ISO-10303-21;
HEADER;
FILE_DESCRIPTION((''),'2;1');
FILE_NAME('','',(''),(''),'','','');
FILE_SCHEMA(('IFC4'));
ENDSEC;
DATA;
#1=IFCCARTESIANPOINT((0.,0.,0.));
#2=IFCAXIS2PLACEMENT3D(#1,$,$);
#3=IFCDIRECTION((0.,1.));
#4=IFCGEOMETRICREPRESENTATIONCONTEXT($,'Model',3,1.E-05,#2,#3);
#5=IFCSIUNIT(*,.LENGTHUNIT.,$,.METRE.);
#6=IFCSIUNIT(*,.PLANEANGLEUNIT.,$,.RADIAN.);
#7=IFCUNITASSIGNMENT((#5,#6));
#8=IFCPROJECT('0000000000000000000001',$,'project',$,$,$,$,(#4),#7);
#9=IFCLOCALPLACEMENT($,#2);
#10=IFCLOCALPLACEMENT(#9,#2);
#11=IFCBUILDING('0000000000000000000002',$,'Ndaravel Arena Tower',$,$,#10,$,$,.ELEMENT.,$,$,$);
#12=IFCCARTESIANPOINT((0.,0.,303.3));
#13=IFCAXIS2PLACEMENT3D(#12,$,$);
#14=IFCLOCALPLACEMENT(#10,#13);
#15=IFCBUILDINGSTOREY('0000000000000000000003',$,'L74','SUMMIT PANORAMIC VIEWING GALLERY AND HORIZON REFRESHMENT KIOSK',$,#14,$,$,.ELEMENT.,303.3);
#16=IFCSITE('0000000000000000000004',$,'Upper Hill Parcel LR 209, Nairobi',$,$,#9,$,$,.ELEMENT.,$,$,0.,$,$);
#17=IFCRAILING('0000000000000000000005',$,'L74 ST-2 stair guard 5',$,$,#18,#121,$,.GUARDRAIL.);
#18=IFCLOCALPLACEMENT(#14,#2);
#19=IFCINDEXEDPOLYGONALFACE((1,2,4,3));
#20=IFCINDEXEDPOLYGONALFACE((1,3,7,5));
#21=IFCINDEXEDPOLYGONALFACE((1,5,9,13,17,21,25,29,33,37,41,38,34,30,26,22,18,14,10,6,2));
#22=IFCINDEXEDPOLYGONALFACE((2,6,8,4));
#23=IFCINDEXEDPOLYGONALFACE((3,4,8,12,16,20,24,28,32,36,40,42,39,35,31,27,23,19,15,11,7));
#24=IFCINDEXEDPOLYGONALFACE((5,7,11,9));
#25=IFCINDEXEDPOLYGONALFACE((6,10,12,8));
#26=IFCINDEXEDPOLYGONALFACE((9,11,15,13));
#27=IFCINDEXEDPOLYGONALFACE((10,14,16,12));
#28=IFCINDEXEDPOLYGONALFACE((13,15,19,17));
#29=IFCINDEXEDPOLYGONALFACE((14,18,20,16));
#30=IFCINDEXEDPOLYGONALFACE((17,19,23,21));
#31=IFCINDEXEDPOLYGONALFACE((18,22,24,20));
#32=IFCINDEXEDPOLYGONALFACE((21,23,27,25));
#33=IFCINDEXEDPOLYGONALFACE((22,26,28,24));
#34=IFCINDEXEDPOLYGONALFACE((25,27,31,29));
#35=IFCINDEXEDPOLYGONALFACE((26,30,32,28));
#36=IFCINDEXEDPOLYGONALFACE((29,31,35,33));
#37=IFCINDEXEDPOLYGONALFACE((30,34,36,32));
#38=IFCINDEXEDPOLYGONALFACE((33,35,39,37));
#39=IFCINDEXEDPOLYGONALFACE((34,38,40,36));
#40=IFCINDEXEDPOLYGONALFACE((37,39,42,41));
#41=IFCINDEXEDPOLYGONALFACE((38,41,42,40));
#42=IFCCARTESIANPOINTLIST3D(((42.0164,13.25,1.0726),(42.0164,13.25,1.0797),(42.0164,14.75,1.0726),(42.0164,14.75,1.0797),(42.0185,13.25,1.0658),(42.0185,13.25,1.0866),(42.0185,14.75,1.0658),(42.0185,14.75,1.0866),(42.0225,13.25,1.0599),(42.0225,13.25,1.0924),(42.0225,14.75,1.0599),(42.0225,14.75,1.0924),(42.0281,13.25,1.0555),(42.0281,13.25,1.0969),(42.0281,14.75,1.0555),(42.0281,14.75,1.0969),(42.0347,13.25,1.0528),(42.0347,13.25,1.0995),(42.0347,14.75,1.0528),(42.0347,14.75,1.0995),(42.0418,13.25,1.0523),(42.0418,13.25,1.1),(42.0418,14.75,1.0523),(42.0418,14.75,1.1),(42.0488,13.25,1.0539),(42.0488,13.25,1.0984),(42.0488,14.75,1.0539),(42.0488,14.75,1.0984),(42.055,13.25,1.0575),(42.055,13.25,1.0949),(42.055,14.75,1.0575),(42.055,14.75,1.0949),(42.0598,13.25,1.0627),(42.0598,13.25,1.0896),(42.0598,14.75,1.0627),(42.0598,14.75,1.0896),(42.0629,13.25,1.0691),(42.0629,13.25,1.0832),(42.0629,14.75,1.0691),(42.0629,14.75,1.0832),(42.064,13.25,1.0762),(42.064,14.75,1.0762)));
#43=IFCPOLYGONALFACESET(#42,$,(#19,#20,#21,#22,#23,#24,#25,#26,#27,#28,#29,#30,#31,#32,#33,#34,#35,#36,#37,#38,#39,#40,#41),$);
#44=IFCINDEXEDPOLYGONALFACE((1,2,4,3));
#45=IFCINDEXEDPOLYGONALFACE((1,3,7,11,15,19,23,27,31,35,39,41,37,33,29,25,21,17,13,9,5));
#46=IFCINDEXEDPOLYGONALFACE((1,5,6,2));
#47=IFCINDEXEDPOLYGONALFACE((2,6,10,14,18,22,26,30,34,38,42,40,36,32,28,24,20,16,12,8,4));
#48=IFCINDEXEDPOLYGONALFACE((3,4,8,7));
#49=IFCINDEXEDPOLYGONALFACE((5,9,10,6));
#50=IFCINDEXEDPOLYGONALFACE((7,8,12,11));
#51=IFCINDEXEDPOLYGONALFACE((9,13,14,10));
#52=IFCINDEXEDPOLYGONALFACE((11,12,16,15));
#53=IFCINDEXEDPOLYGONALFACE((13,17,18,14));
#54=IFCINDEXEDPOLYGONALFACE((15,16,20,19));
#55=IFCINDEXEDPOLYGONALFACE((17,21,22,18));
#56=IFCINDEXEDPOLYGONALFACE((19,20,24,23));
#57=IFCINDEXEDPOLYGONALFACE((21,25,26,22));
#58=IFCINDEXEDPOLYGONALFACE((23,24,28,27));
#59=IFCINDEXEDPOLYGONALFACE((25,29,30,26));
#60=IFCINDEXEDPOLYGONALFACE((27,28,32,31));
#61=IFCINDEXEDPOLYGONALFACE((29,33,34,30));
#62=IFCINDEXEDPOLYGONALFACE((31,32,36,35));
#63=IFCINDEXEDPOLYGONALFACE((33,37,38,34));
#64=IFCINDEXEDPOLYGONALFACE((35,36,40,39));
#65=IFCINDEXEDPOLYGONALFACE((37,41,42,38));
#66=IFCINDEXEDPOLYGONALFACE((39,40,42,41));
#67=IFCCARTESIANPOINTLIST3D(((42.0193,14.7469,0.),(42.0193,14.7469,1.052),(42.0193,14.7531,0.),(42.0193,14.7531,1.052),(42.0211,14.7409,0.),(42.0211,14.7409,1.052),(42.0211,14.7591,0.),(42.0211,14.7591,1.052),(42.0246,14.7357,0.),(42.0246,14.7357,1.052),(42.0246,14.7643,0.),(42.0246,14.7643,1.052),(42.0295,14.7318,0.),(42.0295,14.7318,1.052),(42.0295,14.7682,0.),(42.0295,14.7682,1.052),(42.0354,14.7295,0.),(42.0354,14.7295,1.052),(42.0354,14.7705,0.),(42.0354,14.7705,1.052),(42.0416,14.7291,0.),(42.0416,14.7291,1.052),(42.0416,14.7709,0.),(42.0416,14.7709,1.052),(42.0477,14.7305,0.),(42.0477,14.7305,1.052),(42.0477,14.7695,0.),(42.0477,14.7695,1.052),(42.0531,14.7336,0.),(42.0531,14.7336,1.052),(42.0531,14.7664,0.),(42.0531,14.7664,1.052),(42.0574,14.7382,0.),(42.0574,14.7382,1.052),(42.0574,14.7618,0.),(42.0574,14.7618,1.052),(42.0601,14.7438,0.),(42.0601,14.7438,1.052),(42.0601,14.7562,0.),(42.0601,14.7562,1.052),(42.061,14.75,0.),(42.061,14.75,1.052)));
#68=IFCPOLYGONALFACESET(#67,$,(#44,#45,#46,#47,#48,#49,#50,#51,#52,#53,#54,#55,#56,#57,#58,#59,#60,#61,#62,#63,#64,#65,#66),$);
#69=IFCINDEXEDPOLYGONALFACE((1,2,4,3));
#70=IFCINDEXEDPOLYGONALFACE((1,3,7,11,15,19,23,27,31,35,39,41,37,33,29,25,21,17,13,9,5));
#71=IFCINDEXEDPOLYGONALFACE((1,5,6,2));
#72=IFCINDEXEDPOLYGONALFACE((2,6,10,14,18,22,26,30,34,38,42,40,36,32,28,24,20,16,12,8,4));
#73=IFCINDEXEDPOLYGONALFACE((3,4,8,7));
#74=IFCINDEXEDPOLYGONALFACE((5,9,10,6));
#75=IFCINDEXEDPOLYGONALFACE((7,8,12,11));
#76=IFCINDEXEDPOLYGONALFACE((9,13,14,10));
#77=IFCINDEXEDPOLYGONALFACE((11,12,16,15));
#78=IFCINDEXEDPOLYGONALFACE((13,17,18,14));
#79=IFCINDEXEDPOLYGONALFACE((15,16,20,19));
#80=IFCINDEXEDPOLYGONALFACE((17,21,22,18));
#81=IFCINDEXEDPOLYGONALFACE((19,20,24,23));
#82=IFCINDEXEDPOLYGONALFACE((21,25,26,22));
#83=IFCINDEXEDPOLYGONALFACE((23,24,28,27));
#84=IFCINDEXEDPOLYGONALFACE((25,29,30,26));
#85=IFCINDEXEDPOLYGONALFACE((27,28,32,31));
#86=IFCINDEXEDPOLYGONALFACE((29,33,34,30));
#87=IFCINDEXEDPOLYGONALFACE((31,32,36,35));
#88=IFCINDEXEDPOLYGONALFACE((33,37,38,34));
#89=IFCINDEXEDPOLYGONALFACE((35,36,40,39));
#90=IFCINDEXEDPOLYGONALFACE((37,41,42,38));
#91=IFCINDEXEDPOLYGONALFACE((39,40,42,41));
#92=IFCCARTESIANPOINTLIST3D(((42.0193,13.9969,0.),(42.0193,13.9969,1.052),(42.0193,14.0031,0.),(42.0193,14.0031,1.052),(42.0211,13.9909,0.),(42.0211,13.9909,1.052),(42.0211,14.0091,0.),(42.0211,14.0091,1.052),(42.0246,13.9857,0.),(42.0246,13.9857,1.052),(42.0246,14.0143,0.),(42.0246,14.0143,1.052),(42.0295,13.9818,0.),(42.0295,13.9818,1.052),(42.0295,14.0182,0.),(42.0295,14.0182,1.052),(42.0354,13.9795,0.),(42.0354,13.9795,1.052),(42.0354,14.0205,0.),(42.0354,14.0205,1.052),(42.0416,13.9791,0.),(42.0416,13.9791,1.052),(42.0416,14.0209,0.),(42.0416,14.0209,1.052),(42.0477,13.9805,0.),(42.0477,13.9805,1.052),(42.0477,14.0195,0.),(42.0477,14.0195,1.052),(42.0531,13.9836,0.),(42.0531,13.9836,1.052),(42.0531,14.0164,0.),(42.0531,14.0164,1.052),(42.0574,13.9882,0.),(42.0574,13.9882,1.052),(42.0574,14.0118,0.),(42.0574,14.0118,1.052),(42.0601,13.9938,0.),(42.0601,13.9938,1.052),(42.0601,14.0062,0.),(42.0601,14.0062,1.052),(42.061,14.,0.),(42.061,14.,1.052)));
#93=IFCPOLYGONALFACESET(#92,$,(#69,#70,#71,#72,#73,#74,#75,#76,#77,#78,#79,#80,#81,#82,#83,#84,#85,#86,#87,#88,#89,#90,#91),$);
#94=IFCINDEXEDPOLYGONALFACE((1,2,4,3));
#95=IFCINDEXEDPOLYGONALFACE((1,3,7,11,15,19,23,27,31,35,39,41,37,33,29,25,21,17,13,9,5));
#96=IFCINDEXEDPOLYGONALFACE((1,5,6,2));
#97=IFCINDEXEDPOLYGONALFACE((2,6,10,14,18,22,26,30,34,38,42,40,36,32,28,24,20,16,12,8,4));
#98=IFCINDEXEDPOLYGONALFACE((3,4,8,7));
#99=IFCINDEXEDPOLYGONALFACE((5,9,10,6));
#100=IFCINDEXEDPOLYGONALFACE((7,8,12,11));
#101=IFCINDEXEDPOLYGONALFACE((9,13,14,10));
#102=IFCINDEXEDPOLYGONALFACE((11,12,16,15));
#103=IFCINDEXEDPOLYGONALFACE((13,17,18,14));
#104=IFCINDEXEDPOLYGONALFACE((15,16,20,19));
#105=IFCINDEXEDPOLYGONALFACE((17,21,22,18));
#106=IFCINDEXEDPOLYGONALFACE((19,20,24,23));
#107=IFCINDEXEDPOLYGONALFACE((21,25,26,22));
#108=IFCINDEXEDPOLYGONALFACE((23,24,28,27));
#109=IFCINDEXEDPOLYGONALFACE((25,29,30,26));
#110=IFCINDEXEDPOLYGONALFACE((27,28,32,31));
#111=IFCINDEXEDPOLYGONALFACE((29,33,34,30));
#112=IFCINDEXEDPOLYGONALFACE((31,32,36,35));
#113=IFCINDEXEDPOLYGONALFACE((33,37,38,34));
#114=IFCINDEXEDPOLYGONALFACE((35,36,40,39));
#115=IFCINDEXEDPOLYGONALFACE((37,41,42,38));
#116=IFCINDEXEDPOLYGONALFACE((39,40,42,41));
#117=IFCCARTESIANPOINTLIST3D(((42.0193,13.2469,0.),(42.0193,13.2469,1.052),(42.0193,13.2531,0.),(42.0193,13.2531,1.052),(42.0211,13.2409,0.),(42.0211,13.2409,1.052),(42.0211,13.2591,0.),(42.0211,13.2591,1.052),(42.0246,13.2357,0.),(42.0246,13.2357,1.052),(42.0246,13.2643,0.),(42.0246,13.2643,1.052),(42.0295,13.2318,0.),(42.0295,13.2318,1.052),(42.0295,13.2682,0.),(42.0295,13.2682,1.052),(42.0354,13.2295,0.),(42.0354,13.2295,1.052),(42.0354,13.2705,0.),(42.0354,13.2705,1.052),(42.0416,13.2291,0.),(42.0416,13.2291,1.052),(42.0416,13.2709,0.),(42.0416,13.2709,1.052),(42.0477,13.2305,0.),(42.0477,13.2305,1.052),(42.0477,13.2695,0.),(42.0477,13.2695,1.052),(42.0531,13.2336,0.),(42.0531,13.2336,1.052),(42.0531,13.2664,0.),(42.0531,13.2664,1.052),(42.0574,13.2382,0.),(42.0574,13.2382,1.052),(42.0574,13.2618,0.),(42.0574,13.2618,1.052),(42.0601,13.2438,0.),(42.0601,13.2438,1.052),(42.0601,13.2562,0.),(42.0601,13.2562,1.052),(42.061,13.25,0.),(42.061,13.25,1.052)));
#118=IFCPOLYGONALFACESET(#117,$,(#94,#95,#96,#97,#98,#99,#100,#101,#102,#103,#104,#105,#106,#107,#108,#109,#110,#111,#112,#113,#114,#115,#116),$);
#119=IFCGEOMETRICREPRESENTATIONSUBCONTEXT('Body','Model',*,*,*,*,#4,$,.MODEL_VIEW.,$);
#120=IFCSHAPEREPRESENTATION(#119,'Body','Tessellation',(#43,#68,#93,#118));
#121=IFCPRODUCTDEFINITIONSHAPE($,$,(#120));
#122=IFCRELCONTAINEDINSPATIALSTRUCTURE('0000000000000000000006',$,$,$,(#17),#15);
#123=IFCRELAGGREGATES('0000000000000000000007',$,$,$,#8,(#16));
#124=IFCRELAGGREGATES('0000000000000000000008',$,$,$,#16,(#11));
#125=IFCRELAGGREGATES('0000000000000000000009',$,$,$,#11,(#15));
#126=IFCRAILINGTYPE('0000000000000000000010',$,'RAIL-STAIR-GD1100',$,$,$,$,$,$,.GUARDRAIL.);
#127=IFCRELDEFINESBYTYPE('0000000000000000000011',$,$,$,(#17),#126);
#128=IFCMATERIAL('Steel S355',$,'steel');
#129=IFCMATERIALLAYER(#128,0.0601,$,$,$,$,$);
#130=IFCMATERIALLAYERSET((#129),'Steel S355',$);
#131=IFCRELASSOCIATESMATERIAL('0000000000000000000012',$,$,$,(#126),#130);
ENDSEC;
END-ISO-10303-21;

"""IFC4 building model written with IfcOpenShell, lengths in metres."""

from ifc_helpers import new_model, si_unit, direction, frame, origin, origin_2d, place, context, subcontext, project, spatial, circle, extrude, material, layer, layer_set, type_object, element, save


model = new_model("IFC4")

# Units and contexts
model_context = context("Model", 3, precision=1e-05, world=origin(), true_north=direction((0.0, 1.0)))
body_context = subcontext(model_context, "Body", "Model", "MODEL_VIEW")
ifc_project = project(units=[si_unit("LENGTHUNIT", "METRE"), si_unit("PLANEANGLEUNIT", "RADIAN")], contexts=[model_context])

# Site, building, storey
site_placement = place(None, origin())
site = spatial("IfcSite", under=ifc_project, at=site_placement, Name="Upper Hill Parcel LR 209, Nairobi", CompositionType="ELEMENT", RefElevation=0.0)
building_placement = place(site_placement, origin())
building = spatial("IfcBuilding", under=site, at=building_placement, Name="Ndaravel Arena Tower", CompositionType="ELEMENT")
storey_placement = place(building_placement, frame((0.0, 0.0, 303.3)))
storey = spatial("IfcBuildingStorey", under=building, at=storey_placement, Name="L74", Description="SUMMIT PANORAMIC VIEWING GALLERY AND HORIZON REFRESHMENT KIOSK", CompositionType="ELEMENT", Elevation=303.3)

# Railing
ifc_material_1 = material(Name="Steel S355", Category="steel")
ifc_layer_1 = layer(ifc_material_1, 0.0601)
ifc_layer_set_1 = layer_set([ifc_layer_1], Name="Steel S355")
railing_type = type_object("IfcRailingType", Name="RAIL-STAIR-GD1100", PredefinedType="GUARDRAIL", material=ifc_layer_set_1)
railing_placement = place(storey_placement, frame((42.04, 14.75, 0.0)))
element("IfcRailing", 1, at=railing_placement, inside=storey, type_object=railing_type, Name="L74 ST-2 stair guard 5", PredefinedType="GUARDRAIL", context=body_context, shape_type="SweptSolid", body=[
    extrude(circle(Radius=0.0239, at=origin_2d()), frame((0.0, 0.0, 1.0762), z_axis=(0.0, -1.0, 0.0), x_axis=(1.0, 0.0, 0.0)), (0.0, 0.0, 1.0), 1.5),
    extrude(circle(Radius=0.021, at=origin_2d()), origin(), (0.0, 0.0, 1.0), 1.052),
    extrude(circle(Radius=0.021, at=origin_2d()), frame((0.0, -0.75, 0.0)), (0.0, 0.0, 1.0), 1.052),
    extrude(circle(Radius=0.021, at=origin_2d()), frame((0.0, -1.5, 0.0)), (0.0, 0.0, 1.0), 1.052),
])

save(model, "model.ifc")
